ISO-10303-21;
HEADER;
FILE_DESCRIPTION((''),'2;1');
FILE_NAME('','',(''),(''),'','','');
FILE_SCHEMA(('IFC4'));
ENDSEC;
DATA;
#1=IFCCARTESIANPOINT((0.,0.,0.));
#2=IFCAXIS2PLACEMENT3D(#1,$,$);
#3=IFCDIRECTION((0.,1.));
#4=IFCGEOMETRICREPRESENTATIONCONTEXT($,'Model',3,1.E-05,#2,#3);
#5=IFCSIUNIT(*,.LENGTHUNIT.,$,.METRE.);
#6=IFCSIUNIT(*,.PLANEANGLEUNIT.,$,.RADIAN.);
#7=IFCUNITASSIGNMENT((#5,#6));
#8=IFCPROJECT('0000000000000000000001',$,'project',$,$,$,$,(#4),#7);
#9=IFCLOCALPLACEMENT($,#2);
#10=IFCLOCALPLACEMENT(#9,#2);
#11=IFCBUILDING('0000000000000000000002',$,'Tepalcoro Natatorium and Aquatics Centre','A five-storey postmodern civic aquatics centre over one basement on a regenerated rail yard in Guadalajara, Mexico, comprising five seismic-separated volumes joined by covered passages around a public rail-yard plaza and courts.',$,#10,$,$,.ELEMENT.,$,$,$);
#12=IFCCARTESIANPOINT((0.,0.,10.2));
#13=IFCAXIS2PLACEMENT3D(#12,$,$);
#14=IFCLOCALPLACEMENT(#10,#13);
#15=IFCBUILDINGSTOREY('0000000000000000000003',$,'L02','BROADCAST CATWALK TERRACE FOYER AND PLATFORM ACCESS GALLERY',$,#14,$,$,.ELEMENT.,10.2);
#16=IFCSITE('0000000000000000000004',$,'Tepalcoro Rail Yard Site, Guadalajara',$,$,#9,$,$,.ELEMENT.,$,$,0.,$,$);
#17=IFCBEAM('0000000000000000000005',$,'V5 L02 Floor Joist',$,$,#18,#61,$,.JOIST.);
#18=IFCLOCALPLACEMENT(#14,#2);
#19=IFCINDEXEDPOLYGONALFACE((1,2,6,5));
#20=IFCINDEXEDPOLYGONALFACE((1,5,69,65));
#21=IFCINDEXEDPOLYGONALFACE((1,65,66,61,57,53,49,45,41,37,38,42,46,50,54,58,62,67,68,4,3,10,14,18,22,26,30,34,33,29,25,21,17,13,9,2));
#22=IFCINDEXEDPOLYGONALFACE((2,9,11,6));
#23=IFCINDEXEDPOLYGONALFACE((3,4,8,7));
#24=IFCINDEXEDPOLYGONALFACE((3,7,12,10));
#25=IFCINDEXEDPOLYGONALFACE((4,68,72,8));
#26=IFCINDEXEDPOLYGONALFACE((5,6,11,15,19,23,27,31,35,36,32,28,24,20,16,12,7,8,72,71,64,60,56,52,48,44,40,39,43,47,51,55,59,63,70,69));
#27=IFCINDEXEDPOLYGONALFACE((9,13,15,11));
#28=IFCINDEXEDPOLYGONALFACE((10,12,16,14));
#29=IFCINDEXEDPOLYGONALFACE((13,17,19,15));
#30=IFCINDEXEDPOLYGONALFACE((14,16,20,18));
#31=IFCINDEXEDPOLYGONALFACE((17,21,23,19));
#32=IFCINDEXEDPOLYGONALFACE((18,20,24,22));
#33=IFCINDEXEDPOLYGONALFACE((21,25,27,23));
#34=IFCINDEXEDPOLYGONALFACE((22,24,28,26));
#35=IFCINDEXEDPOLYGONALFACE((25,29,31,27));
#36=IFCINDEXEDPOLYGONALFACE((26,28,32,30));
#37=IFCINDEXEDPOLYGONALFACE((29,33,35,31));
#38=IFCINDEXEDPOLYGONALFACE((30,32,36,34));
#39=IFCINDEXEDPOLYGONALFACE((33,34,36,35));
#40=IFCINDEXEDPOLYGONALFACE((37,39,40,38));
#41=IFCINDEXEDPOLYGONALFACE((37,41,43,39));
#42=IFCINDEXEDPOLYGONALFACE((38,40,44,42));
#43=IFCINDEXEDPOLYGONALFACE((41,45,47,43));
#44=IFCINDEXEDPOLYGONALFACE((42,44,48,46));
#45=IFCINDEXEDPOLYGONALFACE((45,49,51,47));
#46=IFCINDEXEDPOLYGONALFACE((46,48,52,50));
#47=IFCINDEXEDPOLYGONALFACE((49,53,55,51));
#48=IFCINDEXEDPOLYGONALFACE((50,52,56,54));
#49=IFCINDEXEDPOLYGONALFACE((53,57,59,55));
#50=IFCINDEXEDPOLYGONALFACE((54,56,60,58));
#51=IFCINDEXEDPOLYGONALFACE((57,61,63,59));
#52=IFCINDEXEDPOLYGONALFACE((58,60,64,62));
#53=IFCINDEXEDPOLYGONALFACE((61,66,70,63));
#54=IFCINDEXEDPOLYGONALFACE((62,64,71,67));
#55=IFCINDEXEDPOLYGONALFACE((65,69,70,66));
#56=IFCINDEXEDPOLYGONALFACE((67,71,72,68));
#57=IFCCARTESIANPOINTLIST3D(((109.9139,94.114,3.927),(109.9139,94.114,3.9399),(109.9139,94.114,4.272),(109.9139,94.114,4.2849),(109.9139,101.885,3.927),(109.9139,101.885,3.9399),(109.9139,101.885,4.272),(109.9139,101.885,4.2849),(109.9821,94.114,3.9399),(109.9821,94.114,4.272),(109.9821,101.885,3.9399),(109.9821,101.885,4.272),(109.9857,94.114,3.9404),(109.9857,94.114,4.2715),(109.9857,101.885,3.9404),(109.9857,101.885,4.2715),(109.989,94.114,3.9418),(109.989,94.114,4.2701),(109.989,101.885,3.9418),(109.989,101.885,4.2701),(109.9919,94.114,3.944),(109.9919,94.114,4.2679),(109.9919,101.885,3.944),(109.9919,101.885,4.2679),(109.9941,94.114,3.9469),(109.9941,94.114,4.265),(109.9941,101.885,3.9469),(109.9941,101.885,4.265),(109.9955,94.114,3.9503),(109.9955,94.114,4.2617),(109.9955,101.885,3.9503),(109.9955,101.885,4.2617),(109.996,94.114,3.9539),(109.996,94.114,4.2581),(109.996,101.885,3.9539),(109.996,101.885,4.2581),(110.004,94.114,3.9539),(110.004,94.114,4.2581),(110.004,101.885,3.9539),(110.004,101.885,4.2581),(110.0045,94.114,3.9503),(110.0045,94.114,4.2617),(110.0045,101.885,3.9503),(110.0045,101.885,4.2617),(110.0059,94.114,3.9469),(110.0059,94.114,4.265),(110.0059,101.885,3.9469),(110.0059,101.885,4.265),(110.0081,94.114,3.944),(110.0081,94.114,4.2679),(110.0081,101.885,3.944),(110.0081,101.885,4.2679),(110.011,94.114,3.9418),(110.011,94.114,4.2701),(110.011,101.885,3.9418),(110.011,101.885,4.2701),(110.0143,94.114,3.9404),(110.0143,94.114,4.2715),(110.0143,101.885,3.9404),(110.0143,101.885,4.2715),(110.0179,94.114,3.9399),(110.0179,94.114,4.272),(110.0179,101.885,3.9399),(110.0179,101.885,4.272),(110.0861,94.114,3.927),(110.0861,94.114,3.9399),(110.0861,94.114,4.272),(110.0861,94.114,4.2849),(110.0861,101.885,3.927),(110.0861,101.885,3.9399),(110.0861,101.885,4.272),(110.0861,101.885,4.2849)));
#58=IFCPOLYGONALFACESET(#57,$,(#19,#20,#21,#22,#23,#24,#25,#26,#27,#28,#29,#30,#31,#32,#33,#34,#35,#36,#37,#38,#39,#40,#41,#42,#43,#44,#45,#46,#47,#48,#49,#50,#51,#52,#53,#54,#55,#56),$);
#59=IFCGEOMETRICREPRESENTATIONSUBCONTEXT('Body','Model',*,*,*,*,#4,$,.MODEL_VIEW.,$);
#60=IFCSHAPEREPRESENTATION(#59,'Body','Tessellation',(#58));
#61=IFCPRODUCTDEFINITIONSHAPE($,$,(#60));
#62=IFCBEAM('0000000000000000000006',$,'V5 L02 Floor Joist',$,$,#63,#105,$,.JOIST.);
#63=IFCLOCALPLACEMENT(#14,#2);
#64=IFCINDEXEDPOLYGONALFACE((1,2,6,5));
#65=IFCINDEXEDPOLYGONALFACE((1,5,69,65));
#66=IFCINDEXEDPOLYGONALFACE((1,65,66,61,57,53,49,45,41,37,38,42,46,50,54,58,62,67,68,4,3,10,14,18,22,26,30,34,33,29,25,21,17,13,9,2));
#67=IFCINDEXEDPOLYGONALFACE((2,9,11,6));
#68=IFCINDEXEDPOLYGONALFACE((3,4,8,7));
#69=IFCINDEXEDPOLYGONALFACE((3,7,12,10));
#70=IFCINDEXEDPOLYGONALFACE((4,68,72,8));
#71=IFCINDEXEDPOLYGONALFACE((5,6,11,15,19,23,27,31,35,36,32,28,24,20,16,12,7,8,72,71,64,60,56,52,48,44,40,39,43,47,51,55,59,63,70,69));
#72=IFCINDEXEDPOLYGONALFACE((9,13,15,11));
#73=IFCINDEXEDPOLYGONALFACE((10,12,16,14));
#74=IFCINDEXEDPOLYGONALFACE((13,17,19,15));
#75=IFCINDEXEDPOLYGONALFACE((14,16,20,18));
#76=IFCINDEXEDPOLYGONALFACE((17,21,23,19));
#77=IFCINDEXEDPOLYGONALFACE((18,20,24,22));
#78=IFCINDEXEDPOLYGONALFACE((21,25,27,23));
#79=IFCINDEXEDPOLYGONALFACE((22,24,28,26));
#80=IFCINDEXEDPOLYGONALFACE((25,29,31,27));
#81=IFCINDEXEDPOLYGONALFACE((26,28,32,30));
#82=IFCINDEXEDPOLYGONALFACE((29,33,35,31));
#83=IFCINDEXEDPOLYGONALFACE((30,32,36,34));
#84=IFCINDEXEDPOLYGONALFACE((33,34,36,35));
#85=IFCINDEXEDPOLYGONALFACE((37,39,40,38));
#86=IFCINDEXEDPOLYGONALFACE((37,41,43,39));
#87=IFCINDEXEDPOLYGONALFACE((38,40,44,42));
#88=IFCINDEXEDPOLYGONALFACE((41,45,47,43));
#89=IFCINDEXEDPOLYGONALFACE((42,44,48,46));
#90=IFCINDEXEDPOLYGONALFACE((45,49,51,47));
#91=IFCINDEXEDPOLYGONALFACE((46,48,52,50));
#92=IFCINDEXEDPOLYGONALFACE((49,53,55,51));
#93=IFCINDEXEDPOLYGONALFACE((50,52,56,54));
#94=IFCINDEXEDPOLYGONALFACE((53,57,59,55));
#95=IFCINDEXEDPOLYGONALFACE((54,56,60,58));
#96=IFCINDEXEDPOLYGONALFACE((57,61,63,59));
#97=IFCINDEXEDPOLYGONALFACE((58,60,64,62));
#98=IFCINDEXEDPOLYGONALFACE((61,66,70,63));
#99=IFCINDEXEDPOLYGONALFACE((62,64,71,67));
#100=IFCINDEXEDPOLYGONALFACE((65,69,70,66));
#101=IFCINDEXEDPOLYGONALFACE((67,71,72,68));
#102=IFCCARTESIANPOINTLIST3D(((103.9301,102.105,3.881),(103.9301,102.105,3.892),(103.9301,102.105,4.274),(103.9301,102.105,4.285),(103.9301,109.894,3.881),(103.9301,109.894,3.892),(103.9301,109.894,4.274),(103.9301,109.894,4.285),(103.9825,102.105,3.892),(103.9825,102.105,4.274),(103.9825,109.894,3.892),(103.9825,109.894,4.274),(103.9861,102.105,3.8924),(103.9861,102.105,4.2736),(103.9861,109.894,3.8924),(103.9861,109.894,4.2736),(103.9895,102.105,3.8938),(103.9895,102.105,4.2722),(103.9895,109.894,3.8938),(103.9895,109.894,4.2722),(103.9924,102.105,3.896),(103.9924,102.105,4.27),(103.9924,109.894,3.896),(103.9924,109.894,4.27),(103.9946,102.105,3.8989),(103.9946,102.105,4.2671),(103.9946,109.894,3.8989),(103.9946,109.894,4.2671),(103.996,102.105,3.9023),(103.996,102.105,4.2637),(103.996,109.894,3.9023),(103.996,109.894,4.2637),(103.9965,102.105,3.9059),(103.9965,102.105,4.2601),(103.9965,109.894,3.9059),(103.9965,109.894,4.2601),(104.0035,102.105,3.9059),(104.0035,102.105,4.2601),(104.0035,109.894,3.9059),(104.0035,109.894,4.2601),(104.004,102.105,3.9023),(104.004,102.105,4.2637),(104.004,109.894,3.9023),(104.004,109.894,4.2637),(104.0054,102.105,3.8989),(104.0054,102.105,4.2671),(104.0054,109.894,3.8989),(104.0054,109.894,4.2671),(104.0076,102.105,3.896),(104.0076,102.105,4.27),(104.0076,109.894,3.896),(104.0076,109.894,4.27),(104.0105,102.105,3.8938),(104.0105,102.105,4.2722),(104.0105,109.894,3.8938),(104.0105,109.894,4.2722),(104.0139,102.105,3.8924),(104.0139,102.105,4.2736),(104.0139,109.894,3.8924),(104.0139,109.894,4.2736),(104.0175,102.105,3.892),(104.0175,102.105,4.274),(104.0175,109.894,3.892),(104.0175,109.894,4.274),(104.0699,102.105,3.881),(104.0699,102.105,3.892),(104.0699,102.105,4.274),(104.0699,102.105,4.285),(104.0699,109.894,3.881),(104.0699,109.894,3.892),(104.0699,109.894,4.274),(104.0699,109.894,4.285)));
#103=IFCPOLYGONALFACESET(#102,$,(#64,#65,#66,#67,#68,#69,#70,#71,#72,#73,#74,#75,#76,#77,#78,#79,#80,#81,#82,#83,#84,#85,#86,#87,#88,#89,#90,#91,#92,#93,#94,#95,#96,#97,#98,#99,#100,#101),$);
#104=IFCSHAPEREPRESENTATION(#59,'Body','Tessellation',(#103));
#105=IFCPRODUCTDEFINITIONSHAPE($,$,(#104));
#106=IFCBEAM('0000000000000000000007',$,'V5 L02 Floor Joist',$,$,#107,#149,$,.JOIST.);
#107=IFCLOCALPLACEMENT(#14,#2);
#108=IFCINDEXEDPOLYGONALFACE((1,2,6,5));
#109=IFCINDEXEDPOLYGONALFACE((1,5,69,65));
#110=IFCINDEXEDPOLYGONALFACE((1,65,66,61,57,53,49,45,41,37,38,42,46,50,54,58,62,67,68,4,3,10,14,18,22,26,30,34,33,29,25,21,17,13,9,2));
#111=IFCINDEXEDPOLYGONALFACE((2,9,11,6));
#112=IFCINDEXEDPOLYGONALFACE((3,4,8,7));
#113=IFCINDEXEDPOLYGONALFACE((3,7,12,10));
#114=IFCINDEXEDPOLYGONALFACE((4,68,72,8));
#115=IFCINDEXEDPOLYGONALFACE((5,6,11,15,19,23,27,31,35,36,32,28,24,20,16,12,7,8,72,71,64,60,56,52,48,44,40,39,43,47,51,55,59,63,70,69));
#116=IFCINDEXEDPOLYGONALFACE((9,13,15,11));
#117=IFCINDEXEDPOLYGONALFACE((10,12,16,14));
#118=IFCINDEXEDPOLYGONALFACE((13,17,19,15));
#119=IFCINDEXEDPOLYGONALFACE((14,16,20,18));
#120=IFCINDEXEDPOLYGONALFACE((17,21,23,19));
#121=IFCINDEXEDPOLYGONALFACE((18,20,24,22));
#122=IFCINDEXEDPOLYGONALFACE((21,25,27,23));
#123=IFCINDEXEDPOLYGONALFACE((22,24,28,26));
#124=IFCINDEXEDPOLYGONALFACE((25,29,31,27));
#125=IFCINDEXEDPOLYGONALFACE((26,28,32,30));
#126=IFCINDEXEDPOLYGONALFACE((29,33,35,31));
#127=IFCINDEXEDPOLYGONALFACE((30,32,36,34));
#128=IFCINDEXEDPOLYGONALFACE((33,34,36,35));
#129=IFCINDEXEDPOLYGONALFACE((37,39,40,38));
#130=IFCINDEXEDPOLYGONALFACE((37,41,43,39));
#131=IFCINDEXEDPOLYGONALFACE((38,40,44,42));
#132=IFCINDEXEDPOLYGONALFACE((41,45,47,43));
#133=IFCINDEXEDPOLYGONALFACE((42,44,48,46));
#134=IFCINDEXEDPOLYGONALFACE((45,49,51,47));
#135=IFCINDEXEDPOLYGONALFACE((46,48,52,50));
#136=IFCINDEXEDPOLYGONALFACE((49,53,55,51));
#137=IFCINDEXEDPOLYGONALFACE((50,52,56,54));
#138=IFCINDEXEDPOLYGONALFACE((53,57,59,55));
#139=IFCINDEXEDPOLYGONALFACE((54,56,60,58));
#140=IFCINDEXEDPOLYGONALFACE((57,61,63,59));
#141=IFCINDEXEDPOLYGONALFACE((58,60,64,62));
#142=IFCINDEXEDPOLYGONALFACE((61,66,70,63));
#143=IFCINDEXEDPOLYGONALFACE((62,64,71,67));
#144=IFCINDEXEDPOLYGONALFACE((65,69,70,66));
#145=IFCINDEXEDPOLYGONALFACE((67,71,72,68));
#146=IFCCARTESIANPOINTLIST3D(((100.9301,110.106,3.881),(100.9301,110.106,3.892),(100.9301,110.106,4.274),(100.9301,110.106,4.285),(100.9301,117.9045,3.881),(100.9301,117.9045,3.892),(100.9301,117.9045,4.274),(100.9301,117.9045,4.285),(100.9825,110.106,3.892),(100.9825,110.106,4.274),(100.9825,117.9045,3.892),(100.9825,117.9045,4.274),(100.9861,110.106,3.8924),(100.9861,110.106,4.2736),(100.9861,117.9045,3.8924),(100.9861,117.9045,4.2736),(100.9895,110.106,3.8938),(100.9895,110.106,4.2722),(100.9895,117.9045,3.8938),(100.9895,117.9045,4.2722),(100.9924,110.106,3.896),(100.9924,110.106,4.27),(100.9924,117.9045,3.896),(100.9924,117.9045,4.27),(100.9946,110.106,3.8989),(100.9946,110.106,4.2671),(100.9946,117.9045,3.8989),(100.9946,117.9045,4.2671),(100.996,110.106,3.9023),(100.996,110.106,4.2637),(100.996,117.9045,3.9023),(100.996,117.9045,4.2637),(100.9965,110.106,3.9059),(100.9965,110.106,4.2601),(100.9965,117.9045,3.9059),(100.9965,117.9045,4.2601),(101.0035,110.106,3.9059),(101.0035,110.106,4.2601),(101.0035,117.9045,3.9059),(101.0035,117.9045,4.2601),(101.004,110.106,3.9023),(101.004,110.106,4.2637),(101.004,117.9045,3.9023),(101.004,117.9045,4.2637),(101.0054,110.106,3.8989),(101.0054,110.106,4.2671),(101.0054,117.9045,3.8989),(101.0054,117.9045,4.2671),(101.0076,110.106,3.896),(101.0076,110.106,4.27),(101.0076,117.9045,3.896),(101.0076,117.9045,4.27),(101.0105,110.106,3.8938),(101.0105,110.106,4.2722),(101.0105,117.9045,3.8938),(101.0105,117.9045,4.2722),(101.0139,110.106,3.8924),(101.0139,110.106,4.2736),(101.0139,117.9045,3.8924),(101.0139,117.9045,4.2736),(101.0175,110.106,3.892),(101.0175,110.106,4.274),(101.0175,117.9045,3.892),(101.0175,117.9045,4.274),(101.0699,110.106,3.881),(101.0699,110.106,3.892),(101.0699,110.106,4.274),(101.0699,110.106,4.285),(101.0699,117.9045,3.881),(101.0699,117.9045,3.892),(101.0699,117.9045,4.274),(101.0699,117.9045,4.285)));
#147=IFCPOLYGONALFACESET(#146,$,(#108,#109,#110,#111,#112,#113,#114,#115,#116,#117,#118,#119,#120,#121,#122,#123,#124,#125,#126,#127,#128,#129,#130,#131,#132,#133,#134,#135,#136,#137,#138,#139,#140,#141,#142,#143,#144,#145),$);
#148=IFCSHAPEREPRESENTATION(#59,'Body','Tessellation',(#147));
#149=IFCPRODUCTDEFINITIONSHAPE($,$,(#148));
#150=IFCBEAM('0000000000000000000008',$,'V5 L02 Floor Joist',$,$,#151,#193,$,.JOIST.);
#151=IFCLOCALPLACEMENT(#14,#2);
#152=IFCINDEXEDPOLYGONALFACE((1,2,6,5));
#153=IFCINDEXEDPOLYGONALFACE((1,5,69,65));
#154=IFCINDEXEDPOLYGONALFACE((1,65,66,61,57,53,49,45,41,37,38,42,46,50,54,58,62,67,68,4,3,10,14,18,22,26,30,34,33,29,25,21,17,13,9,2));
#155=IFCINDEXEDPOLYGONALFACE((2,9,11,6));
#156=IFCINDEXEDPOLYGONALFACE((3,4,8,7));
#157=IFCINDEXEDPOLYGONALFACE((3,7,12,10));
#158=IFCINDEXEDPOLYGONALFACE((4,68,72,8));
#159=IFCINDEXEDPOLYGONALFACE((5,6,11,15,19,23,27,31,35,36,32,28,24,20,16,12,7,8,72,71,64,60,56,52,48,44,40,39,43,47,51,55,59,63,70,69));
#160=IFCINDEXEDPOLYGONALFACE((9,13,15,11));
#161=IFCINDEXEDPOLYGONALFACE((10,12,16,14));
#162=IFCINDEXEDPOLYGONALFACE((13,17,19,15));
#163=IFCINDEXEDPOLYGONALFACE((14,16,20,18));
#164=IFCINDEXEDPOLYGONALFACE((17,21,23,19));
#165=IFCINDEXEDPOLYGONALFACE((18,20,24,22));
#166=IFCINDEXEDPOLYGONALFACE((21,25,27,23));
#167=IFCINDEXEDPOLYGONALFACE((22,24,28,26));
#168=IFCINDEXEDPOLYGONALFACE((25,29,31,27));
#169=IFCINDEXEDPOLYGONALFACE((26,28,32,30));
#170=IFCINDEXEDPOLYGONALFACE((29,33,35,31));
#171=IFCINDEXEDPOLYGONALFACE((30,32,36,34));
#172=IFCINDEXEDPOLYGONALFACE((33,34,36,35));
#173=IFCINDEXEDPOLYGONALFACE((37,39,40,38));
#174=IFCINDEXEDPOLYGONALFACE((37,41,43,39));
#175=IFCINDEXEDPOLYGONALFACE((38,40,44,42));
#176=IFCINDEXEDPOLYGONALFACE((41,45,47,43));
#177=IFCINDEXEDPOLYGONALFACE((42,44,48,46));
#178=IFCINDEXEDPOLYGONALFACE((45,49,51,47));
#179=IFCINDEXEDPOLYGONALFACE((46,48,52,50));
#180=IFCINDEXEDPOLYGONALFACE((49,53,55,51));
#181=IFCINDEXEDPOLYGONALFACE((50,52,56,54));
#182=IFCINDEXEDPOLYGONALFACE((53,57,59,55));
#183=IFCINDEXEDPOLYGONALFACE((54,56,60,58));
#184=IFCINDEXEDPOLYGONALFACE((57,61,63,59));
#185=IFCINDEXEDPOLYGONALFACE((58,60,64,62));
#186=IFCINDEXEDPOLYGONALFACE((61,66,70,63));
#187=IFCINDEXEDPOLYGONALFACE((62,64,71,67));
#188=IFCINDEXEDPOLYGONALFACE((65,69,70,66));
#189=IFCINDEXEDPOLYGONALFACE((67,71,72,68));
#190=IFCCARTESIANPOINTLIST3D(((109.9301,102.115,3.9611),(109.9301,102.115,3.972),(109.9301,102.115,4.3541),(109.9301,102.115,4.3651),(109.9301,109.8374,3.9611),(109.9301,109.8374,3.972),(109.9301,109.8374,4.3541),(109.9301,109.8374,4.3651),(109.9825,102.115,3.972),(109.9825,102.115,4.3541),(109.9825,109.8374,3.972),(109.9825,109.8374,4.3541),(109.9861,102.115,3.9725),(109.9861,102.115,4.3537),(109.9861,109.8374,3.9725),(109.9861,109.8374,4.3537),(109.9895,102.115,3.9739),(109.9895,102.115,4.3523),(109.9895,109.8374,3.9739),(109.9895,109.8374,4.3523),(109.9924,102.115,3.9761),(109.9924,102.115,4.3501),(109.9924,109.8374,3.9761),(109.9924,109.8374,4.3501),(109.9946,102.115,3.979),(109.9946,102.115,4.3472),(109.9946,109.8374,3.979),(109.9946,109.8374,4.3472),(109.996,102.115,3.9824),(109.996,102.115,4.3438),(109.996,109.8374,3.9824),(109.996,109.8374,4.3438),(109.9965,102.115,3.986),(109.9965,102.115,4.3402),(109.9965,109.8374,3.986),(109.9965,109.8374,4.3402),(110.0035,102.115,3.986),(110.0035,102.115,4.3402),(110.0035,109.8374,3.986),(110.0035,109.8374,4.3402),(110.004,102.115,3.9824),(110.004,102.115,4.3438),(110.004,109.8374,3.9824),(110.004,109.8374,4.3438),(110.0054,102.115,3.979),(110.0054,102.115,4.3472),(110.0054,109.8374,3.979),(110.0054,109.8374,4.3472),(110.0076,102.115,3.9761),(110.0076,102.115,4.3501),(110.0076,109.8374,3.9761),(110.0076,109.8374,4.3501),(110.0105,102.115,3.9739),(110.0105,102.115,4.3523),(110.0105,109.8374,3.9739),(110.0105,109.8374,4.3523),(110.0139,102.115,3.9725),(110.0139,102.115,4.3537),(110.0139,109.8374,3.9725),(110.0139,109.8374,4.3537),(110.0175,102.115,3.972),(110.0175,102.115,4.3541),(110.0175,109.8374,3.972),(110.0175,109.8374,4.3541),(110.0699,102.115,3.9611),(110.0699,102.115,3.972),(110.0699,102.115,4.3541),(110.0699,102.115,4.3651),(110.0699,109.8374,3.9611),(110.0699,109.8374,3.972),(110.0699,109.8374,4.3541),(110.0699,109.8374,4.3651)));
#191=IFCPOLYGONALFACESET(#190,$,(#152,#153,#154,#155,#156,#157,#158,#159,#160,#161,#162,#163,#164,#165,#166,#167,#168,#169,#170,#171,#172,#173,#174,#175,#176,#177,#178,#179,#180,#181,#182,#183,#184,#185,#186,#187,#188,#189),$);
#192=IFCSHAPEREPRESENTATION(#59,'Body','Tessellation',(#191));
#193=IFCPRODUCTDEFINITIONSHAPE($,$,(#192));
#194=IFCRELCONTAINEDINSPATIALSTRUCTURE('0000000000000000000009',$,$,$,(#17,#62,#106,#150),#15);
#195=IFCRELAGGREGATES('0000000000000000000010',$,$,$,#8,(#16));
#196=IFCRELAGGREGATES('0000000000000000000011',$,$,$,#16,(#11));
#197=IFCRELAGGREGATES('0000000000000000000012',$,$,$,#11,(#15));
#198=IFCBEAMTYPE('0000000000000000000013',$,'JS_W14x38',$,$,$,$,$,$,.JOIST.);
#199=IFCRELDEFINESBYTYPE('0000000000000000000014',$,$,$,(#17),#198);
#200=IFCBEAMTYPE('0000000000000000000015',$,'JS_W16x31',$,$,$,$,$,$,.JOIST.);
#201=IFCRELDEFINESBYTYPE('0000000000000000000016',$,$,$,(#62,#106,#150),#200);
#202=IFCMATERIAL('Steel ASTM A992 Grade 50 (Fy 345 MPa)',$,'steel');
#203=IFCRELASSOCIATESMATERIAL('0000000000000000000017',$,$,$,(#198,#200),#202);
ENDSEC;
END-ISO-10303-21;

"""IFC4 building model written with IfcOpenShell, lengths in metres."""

from ifc_helpers import new_model, si_unit, direction, frame, origin, origin_2d, place, context, subcontext, project, spatial, i_section, extrude, material, material_profile, profile_set, type_object, element, save


model = new_model("IFC4")

# Units and contexts
model_context = context("Model", 3, precision=1e-05, world=origin(), true_north=direction((0.0, 1.0)))
body_context = subcontext(model_context, "Body", "Model", "MODEL_VIEW")
ifc_project = project(units=[si_unit("LENGTHUNIT", "METRE"), si_unit("PLANEANGLEUNIT", "RADIAN")], contexts=[model_context])

# Site, building, storey
site_placement = place(None, origin())
site = spatial("IfcSite", under=ifc_project, at=site_placement, Name="Tepalcoro Rail Yard Site, Guadalajara", CompositionType="ELEMENT", RefElevation=0.0)
building_placement = place(site_placement, origin())
building = spatial("IfcBuilding", under=site, at=building_placement, Name="Tepalcoro Natatorium and Aquatics Centre", Description="A five-storey postmodern civic aquatics centre over one basement on a regenerated rail yard in Guadalajara, Mexico, comprising five seismic-separated volumes joined by covered passages around a public rail-yard plaza and courts.", CompositionType="ELEMENT")
storey_placement = place(building_placement, frame((0.0, 0.0, 10.2)))
storey = spatial("IfcBuildingStorey", under=building, at=storey_placement, Name="L02", Description="BROADCAST CATWALK TERRACE FOYER AND PLATFORM ACCESS GALLERY", CompositionType="ELEMENT", Elevation=10.2)

# Beams
ifc_material_1 = material(Name="Steel ASTM A992 Grade 50 (Fy 345 MPa)", Category="steel")
ifc_material_profile_1 = material_profile(ifc_material_1, i_section(OverallWidth=0.1721, OverallDepth=0.3579, WebThickness=0.0081, FlangeThickness=0.0129, FilletRadius=0.0139, at=origin_2d()), Name="W14X38")
ifc_profile_set_1 = profile_set([ifc_material_profile_1], Name="Steel ASTM A992 Grade 50 (Fy 345 MPa)")
beam_type_1 = type_object("IfcBeamType", Name="JS_W14x38", PredefinedType="JOIST", material=ifc_profile_set_1)
beam_1_placement = place(storey_placement, frame((110.0, 94.114, 4.106), z_axis=(0.0, 1.0, 0.0), x_axis=(-1.0, 0.0, 0.0)))
element("IfcBeam", 1, at=beam_1_placement, inside=storey, type_object=beam_type_1, Name="V5 L02 Floor Joist", PredefinedType="JOIST", context=body_context, shape_type="SweptSolid", body=[
    extrude(i_section(OverallWidth=0.1721, OverallDepth=0.3579, WebThickness=0.0081, FlangeThickness=0.0129, FilletRadius=0.0139, at=origin_2d()), origin(), (0.0, 0.0, 1.0), 7.771),
])
ifc_material_profile_2 = material_profile(ifc_material_1, i_section(OverallWidth=0.1399, OverallDepth=0.4041, WebThickness=0.0071, FlangeThickness=0.011, FilletRadius=0.0139, at=origin_2d()), Name="W16X31")
ifc_profile_set_2 = profile_set([ifc_material_profile_2], Name="Steel ASTM A992 Grade 50 (Fy 345 MPa)")
beam_type_2 = type_object("IfcBeamType", Name="JS_W16x31", PredefinedType="JOIST", material=ifc_profile_set_2)
beam_2_placement = place(storey_placement, frame((104.0, 102.105, 4.083), z_axis=(0.0, 1.0, 0.0), x_axis=(-1.0, 0.0, 0.0)))
element("IfcBeam", 2, at=beam_2_placement, inside=storey, type_object=beam_type_2, Name="V5 L02 Floor Joist", PredefinedType="JOIST", context=body_context, shape_type="SweptSolid", body=[
    extrude(i_section(OverallWidth=0.1399, OverallDepth=0.4041, WebThickness=0.0071, FlangeThickness=0.011, FilletRadius=0.0139, at=origin_2d()), origin(), (0.0, 0.0, 1.0), 7.7891),
])
beam_3_placement = place(storey_placement, frame((101.0, 110.106, 4.083), z_axis=(0.0, 1.0, 0.0), x_axis=(-1.0, 0.0, 0.0)))
element("IfcBeam", 3, at=beam_3_placement, inside=storey, type_object=beam_type_2, Name="V5 L02 Floor Joist", PredefinedType="JOIST", context=body_context, shape_type="SweptSolid", body=[
    extrude(i_section(OverallWidth=0.1399, OverallDepth=0.4041, WebThickness=0.0071, FlangeThickness=0.011, FilletRadius=0.0139, at=origin_2d()), origin(), (0.0, 0.0, 1.0), 7.7986),
])
beam_4_placement = place(storey_placement, frame((110.0, 102.115, 4.1631), z_axis=(0.0, 1.0, 0.0), x_axis=(-1.0, 0.0, 0.0)))
element("IfcBeam", 4, at=beam_4_placement, inside=storey, type_object=beam_type_2, Name="V5 L02 Floor Joist", PredefinedType="JOIST", context=body_context, shape_type="SweptSolid", body=[
    extrude(i_section(OverallWidth=0.1399, OverallDepth=0.4041, WebThickness=0.0071, FlangeThickness=0.011, FilletRadius=0.0139, at=origin_2d()), origin(), (0.0, 0.0, 1.0), 7.7224),
])

save(model, "model.ifc")
